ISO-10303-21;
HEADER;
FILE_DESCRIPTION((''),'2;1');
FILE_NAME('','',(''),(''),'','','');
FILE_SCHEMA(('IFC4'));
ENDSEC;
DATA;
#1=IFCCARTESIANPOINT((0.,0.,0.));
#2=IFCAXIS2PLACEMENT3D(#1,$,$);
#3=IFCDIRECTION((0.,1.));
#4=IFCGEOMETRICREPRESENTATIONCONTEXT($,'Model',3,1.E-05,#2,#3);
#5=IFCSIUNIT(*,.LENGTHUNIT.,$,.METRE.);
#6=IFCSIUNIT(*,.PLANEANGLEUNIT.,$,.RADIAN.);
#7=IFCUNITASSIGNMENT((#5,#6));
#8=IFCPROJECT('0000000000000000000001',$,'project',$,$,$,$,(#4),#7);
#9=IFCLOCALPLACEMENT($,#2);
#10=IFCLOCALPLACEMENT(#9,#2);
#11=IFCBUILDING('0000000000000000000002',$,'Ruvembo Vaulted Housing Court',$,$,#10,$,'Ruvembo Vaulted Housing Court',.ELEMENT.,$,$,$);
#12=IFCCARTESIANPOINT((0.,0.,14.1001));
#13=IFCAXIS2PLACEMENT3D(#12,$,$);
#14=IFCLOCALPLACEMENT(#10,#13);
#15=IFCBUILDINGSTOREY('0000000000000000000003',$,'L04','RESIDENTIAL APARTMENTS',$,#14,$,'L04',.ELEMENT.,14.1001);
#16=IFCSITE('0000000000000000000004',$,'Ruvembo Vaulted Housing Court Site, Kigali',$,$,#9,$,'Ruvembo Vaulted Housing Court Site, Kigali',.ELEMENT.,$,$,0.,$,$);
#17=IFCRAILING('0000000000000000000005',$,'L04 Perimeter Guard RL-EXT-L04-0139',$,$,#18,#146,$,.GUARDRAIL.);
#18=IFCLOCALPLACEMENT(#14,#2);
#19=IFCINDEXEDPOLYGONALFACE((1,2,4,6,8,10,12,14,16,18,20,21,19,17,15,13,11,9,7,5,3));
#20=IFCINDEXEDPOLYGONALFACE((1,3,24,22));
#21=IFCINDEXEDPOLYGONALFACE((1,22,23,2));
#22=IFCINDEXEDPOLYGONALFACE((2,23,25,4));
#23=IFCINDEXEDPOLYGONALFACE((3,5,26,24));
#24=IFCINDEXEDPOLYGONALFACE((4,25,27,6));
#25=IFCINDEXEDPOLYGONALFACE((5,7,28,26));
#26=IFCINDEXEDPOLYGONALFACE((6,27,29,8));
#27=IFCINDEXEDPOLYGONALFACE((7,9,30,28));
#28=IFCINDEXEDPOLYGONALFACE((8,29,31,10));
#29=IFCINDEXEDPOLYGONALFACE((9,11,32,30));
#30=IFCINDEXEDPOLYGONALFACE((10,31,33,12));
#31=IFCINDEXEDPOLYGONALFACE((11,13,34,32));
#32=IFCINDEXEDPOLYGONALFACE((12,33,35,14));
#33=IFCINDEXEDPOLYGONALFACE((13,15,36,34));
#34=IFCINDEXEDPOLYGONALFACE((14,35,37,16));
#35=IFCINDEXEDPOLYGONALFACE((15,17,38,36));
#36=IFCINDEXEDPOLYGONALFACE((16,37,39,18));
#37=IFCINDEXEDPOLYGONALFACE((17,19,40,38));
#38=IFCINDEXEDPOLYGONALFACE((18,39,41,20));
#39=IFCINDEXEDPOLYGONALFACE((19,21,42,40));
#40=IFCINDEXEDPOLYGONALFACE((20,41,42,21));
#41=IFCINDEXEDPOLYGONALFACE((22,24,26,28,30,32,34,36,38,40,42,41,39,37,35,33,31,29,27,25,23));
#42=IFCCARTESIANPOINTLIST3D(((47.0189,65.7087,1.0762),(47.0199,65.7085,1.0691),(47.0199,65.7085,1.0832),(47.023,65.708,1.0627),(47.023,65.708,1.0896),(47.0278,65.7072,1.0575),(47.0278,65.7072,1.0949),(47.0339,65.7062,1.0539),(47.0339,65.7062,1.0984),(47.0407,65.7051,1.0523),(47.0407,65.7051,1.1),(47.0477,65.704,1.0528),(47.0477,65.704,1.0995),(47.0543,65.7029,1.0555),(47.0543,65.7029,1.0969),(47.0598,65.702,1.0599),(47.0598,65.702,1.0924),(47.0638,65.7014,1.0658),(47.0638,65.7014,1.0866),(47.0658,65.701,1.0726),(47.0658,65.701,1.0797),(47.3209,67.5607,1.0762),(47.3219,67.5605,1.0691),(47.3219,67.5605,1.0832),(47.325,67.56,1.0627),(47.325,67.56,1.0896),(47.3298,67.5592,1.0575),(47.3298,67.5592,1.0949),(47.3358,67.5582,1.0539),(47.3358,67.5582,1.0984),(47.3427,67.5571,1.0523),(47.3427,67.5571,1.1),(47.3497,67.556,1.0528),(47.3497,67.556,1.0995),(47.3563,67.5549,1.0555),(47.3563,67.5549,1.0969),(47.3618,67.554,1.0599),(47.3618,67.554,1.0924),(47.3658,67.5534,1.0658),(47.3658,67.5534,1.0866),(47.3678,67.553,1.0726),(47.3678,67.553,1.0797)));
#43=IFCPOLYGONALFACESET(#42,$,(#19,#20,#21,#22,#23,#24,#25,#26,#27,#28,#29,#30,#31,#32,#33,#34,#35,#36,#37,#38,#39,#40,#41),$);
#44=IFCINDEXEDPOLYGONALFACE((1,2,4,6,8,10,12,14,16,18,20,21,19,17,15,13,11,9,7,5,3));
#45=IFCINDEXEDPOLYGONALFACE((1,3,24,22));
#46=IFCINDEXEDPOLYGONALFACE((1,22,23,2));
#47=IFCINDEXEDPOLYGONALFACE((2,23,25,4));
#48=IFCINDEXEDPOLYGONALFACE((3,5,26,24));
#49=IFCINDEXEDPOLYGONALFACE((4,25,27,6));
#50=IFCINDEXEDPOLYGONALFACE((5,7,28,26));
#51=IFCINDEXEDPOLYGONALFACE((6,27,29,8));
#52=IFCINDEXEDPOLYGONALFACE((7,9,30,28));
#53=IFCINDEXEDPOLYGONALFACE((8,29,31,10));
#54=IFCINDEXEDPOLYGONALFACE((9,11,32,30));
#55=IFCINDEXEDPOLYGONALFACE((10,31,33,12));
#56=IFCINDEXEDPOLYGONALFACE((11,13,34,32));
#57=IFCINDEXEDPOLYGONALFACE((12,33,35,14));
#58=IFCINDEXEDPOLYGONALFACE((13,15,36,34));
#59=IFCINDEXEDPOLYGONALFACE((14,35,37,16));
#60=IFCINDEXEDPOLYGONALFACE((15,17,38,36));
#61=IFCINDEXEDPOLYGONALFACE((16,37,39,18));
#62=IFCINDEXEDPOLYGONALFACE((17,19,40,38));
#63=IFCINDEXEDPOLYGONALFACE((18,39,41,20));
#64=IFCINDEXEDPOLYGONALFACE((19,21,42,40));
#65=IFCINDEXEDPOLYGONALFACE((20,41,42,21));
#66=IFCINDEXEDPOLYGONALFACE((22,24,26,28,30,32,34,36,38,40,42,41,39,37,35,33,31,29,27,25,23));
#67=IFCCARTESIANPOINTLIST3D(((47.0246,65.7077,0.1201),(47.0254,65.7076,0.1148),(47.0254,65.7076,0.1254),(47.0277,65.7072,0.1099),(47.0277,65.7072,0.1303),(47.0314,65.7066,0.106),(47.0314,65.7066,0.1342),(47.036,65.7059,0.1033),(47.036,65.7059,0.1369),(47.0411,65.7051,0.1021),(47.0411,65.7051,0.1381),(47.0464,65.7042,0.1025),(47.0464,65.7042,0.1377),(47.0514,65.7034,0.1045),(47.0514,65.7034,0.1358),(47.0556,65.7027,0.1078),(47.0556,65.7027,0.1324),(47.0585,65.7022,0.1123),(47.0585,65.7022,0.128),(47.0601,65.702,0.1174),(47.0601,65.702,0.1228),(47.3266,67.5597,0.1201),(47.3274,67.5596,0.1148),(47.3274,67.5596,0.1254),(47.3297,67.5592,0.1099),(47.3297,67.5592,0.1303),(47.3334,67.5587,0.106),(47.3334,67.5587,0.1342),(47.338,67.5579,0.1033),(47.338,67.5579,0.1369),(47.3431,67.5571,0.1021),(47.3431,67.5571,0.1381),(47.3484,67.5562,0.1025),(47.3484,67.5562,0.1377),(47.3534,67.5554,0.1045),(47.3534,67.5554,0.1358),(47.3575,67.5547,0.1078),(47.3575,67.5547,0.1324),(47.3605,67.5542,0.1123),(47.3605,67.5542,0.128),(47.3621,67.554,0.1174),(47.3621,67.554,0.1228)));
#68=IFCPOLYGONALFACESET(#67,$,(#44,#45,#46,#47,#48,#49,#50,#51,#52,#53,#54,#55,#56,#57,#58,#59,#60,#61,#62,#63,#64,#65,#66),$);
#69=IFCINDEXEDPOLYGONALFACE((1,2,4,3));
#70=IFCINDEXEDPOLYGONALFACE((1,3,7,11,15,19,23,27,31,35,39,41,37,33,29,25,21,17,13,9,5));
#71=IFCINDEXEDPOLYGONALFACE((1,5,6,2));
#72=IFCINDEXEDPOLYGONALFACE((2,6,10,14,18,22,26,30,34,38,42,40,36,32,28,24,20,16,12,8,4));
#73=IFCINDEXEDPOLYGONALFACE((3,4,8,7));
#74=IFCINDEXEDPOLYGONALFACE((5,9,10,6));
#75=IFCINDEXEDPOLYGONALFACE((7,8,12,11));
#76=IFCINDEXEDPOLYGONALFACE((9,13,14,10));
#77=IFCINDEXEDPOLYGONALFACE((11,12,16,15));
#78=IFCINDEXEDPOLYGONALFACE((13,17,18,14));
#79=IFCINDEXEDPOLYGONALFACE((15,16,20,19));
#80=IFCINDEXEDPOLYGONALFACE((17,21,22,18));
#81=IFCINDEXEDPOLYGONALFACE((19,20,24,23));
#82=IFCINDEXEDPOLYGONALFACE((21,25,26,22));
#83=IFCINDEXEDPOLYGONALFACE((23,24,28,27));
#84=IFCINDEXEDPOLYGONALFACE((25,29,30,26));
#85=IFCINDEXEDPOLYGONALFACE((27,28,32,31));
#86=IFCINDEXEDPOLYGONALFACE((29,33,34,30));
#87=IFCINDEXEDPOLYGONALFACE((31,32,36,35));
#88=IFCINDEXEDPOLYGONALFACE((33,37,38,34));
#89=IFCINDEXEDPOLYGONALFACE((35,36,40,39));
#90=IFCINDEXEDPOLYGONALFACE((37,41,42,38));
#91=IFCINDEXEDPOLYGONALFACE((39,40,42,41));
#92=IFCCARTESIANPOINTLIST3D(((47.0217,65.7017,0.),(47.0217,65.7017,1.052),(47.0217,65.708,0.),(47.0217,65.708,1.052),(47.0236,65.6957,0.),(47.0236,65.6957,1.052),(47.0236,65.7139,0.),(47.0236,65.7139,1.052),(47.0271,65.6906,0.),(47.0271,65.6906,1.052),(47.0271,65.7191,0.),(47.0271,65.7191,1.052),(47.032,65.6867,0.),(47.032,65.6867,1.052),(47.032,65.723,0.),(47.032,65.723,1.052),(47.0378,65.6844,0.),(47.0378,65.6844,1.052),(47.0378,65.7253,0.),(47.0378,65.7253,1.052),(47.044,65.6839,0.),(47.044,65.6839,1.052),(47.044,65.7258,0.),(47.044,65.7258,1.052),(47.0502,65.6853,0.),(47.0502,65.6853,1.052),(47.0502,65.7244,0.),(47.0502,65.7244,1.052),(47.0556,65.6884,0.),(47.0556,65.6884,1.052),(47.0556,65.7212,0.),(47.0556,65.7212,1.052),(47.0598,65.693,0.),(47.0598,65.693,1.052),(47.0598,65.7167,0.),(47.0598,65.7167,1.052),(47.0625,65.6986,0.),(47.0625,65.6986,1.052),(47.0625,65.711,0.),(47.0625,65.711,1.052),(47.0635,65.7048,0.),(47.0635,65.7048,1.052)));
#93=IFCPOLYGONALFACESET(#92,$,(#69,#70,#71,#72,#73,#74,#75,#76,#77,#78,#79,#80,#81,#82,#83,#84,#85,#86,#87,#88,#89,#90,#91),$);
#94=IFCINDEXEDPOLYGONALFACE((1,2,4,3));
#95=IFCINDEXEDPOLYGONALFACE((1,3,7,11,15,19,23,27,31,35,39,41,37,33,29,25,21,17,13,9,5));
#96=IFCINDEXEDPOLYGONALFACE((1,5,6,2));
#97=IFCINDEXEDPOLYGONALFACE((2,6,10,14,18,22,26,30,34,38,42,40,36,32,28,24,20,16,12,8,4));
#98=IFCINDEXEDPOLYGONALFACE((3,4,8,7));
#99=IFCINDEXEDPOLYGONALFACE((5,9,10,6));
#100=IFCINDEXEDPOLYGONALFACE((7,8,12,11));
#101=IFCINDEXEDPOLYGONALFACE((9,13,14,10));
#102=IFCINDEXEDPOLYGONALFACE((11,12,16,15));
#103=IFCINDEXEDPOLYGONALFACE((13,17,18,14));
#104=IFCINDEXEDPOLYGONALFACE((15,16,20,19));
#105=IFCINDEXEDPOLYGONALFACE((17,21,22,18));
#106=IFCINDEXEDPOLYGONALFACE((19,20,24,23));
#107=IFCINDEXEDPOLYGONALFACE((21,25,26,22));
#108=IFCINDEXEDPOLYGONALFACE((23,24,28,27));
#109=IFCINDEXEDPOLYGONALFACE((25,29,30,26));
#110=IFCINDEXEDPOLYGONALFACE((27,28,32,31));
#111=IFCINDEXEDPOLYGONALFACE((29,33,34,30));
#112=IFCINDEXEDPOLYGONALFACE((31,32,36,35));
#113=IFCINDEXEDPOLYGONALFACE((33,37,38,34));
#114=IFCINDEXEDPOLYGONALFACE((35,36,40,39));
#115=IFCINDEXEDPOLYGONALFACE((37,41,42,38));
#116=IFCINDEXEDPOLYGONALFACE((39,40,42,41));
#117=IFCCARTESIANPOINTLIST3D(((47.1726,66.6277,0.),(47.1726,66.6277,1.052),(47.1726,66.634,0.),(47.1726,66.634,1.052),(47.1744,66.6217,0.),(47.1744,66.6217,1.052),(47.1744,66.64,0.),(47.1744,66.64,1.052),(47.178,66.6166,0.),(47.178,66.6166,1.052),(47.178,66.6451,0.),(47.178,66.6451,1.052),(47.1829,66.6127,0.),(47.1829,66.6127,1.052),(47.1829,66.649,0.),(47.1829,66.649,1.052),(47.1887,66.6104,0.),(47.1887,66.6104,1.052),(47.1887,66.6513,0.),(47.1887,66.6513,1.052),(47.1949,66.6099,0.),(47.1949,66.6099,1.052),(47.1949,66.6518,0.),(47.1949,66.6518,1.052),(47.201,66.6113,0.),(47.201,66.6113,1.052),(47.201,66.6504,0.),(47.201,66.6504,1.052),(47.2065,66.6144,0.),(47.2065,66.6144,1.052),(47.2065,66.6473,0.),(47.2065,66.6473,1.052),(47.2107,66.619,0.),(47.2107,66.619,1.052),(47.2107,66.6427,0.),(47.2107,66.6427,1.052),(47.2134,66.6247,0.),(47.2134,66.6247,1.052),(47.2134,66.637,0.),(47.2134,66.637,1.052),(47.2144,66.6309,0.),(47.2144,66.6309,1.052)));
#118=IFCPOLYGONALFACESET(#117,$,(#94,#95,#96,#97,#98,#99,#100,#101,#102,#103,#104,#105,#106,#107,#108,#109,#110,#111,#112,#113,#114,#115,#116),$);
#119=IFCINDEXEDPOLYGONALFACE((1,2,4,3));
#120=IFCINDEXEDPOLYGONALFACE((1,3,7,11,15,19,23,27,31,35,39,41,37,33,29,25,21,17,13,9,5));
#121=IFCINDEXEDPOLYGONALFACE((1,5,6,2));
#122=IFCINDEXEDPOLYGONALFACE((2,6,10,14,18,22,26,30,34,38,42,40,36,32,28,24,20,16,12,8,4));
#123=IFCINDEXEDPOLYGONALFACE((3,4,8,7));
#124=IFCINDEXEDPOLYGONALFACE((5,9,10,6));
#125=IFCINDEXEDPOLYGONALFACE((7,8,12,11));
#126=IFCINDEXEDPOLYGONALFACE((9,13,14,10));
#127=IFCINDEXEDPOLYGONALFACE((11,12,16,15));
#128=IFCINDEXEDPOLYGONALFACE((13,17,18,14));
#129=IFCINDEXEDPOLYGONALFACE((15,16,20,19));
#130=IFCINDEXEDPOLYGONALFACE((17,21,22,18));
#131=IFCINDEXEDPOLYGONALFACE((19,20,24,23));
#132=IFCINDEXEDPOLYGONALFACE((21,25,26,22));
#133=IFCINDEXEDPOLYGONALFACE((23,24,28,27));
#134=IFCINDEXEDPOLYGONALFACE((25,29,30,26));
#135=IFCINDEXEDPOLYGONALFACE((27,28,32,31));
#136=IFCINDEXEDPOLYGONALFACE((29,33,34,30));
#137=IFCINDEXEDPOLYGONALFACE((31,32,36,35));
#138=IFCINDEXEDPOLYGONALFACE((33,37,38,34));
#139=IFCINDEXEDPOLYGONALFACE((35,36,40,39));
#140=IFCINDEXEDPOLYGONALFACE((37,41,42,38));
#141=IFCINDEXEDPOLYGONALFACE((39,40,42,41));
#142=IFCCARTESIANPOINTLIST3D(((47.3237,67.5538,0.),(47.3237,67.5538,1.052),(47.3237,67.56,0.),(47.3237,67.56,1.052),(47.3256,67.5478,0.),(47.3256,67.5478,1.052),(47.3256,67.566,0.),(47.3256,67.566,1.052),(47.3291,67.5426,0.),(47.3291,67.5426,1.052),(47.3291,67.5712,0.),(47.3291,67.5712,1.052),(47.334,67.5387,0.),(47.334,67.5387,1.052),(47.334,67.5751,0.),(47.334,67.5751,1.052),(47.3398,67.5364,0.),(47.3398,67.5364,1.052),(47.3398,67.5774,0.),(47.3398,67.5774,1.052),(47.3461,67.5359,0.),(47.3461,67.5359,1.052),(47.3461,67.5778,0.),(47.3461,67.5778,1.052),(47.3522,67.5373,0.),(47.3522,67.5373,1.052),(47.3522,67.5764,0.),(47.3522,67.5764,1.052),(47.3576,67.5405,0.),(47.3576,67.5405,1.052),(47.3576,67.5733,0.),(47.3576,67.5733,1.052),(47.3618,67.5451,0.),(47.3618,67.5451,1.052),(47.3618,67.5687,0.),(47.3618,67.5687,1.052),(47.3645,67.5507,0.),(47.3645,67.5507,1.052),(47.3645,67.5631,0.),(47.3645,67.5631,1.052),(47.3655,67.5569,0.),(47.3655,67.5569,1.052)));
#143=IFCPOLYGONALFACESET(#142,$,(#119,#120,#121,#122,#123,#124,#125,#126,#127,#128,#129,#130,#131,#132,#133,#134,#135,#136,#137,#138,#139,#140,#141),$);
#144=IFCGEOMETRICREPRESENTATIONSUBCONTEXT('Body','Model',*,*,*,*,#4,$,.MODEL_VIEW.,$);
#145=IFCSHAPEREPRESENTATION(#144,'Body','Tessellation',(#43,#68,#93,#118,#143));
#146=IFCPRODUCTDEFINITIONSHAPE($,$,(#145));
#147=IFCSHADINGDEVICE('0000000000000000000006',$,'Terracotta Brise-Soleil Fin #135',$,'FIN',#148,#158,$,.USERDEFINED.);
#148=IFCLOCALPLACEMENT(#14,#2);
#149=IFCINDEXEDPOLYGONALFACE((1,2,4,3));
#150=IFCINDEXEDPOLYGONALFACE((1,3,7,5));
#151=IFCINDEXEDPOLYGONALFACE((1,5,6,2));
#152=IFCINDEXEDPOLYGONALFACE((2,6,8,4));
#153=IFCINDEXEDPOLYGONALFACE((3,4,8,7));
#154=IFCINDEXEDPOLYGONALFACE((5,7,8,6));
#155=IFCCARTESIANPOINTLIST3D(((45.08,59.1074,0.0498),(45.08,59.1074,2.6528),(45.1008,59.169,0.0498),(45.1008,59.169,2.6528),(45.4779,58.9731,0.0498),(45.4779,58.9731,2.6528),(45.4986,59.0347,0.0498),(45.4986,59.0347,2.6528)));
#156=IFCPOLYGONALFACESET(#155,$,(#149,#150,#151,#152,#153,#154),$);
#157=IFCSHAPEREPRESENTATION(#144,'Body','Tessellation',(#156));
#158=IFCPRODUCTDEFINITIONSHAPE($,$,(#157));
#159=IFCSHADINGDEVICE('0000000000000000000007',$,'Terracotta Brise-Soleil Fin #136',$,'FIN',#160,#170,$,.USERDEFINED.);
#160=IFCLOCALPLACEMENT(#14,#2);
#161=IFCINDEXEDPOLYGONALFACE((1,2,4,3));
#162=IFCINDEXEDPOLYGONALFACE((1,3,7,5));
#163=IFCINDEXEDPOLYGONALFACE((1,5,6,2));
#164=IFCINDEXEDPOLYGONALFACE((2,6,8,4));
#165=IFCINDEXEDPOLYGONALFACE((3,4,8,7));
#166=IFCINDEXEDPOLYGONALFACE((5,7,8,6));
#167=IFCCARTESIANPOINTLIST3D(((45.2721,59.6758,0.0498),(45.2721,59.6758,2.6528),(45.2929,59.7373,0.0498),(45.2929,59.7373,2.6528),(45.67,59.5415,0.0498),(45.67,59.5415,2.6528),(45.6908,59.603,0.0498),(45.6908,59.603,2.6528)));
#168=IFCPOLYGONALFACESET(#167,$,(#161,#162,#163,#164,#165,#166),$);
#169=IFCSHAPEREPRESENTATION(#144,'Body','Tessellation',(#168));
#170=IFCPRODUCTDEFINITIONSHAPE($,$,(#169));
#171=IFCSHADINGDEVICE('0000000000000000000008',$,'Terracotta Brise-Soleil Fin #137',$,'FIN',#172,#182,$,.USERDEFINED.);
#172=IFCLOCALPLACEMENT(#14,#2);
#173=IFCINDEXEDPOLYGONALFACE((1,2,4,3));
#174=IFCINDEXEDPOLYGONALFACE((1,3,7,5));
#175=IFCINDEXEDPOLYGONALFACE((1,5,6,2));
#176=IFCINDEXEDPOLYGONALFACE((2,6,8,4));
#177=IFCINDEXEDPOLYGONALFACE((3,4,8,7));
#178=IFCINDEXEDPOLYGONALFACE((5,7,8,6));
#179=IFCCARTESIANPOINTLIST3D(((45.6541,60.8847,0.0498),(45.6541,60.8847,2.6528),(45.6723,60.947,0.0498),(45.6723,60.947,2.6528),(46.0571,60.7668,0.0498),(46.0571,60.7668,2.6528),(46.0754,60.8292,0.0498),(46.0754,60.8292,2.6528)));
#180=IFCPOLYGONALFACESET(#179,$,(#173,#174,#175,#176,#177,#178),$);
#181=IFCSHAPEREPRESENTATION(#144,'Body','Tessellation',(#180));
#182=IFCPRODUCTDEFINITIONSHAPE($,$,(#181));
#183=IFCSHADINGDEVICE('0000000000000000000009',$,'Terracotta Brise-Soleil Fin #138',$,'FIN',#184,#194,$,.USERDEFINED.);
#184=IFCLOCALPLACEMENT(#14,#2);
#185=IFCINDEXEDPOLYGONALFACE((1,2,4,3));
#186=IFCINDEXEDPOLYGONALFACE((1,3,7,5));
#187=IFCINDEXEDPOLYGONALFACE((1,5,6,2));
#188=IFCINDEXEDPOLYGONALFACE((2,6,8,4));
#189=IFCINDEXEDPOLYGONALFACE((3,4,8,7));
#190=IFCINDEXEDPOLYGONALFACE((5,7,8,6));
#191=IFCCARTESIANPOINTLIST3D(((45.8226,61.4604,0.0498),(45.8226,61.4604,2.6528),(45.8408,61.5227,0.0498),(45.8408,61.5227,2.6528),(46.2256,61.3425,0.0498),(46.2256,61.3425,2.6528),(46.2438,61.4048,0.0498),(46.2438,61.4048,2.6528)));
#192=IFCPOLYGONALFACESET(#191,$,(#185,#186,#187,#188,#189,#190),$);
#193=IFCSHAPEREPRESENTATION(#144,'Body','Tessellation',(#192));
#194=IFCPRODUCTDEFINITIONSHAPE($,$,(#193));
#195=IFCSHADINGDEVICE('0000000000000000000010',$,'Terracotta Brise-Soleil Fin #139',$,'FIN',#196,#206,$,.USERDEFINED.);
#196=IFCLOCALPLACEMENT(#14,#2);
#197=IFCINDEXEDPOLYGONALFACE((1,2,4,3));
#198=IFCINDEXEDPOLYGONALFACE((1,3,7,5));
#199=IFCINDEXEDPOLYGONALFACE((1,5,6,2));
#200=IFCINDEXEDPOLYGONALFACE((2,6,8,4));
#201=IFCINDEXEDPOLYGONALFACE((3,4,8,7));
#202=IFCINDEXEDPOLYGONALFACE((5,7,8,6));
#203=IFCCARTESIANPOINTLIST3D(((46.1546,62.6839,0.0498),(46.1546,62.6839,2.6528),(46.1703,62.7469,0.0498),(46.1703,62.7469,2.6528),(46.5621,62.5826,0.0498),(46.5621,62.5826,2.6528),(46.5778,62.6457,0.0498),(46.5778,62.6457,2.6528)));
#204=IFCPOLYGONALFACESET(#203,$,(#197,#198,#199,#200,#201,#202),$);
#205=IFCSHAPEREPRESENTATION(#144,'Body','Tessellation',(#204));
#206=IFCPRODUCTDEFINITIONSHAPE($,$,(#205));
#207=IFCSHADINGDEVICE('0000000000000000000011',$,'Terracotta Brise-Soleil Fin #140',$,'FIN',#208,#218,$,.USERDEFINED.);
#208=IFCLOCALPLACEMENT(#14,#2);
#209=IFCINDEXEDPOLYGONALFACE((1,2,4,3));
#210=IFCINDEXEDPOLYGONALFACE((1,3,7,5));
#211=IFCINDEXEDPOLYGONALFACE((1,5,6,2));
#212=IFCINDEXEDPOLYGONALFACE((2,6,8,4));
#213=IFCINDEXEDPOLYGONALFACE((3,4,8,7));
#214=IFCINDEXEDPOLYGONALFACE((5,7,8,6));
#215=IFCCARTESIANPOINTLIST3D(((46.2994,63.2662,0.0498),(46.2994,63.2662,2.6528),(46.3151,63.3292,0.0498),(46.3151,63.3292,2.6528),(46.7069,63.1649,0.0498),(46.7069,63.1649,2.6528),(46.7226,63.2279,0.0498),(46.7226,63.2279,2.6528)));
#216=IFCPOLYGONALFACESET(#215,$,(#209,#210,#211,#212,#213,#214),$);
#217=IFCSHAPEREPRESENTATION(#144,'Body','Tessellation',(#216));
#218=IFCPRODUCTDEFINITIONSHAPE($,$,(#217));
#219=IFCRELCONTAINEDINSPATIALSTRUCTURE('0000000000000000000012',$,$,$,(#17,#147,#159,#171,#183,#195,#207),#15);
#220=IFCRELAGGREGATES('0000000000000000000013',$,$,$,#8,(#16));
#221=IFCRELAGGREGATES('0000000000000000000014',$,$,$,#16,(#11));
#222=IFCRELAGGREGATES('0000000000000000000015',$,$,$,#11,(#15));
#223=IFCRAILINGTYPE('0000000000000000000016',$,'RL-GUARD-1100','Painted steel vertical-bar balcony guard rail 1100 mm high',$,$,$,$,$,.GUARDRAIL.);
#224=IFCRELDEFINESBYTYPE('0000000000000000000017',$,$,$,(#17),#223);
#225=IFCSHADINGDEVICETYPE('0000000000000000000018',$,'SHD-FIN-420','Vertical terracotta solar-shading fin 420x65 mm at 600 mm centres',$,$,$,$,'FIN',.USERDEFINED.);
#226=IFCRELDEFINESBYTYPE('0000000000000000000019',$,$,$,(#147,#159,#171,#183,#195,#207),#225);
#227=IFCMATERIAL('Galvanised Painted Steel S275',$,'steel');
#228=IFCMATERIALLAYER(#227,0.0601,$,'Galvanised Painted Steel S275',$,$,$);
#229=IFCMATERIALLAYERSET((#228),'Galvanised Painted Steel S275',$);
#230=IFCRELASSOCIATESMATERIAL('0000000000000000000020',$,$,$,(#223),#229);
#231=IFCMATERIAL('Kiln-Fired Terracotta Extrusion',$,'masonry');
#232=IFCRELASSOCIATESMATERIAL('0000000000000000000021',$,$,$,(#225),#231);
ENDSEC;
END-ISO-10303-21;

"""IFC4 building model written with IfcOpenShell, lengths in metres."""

from ifc_helpers import new_model, si_unit, direction, frame, origin, origin_2d, place, context, subcontext, project, spatial, rectangle, circle, extrude, material, layer, layer_set, type_object, element, save


model = new_model("IFC4")

# Units and contexts
model_context = context("Model", 3, precision=1e-05, world=origin(), true_north=direction((0.0, 1.0)))
body_context = subcontext(model_context, "Body", "Model", "MODEL_VIEW")
ifc_project = project(units=[si_unit("LENGTHUNIT", "METRE"), si_unit("PLANEANGLEUNIT", "RADIAN")], contexts=[model_context])

# Site, building, storey
site_placement = place(None, origin())
site = spatial("IfcSite", under=ifc_project, at=site_placement, Name="Ruvembo Vaulted Housing Court Site, Kigali", LongName="Ruvembo Vaulted Housing Court Site, Kigali", CompositionType="ELEMENT", RefElevation=0.0)
building_placement = place(site_placement, origin())
building = spatial("IfcBuilding", under=site, at=building_placement, Name="Ruvembo Vaulted Housing Court", LongName="Ruvembo Vaulted Housing Court", CompositionType="ELEMENT")
storey_placement = place(building_placement, frame((0.0, 0.0, 14.1001)))
storey = spatial("IfcBuildingStorey", under=building, at=storey_placement, Name="L04", Description="RESIDENTIAL APARTMENTS", LongName="L04", CompositionType="ELEMENT", Elevation=14.1001)

# Railing
ifc_material_1 = material(Name="Galvanised Painted Steel S275", Category="steel")
ifc_layer_1 = layer(ifc_material_1, 0.0601, Name="Galvanised Painted Steel S275")
ifc_layer_set_1 = layer_set([ifc_layer_1], Name="Galvanised Painted Steel S275")
railing_type = type_object("IfcRailingType", Name="RL-GUARD-1100", Description="Painted steel vertical-bar balcony guard rail 1100 mm high", PredefinedType="GUARDRAIL", material=ifc_layer_set_1)
railing_1_placement = place(storey_placement, frame((47.0425, 65.7048, 0.0)))
element("IfcRailing", 1, at=railing_1_placement, inside=storey, type_object=railing_type, Name="L04 Perimeter Guard RL-EXT-L04-0139", PredefinedType="GUARDRAIL", context=body_context, shape_type="SweptSolid", body=[
    extrude(circle(Radius=0.0239, at=origin_2d()), frame((0.0, 0.0, 1.0762), z_axis=(0.160938, 0.986965, 0.0), x_axis=(-0.986965, 0.160938, 0.0)), (0.0, 0.0, 1.0), 1.8765),
    extrude(circle(Radius=0.0181, at=origin_2d()), frame((0.0, 0.0, 0.1201), z_axis=(0.160938, 0.986965, 0.0), x_axis=(-0.986965, 0.160938, 0.0)), (0.0, 0.0, 1.0), 1.8765),
    extrude(circle(Radius=0.021, at=origin_2d()), origin(), (0.0, 0.0, 1.0), 1.052),
    extrude(circle(Radius=0.021, at=origin_2d()), frame((0.1509, 0.926, 0.0)), (0.0, 0.0, 1.0), 1.052),
    extrude(circle(Radius=0.021, at=origin_2d()), frame((0.302, 1.8521, 0.0)), (0.0, 0.0, 1.0), 1.052),
])

# Shading devices
ifc_material_2 = material(Name="Kiln-Fired Terracotta Extrusion", Category="masonry")
shading_device_type = type_object("IfcShadingDeviceType", Name="SHD-FIN-420", Description="Vertical terracotta solar-shading fin 420x65 mm at 600 mm centres", ElementType="FIN", PredefinedType="USERDEFINED", material=ifc_material_2)
for number, where, z_axis, x_axis, name in (
    (2, (45.2893, 59.071, 0.0498), (0.0, 0.0, 1.0), (0.947473, -0.319836, 0.0), "Terracotta Brise-Soleil Fin #135"),
    (3, (45.4814, 59.6394, 0.0498), (0.0, 0.0, 1.0), (0.947473, -0.319836, 0.0), "Terracotta Brise-Soleil Fin #136"),
    (4, (45.8647, 60.8569, 0.0498), (0.0, 0.0, 1.0), (0.959791, -0.280717, 0.0), "Terracotta Brise-Soleil Fin #137"),
    (5, (46.0332, 61.4326, 0.0498), (0.0, 0.0, 1.0), (0.959791, -0.280717, 0.0), "Terracotta Brise-Soleil Fin #138"),
    (6, (46.3662, 62.6648, 0.0498), (0.0, 0.0, 1.0), (0.970481, -0.241177, 0.0), "Terracotta Brise-Soleil Fin #139"),
    (7, (46.511, 63.2471, 0.0498), (0.0, 0.0, 1.0), (0.970481, -0.241177, 0.0), "Terracotta Brise-Soleil Fin #140"),
):
    element("IfcShadingDevice", number, at=place(storey_placement, frame(where, z_axis=z_axis, x_axis=x_axis)), inside=storey, type_object=shading_device_type, Name=name, ObjectType="FIN", PredefinedType="USERDEFINED", context=body_context, shape_type="SweptSolid", body=[
        extrude(rectangle(XDim=0.4199, YDim=0.0649, at=origin_2d()), origin(), (0.0, 0.0, 1.0), 2.603),
    ])

save(model, "model.ifc")
